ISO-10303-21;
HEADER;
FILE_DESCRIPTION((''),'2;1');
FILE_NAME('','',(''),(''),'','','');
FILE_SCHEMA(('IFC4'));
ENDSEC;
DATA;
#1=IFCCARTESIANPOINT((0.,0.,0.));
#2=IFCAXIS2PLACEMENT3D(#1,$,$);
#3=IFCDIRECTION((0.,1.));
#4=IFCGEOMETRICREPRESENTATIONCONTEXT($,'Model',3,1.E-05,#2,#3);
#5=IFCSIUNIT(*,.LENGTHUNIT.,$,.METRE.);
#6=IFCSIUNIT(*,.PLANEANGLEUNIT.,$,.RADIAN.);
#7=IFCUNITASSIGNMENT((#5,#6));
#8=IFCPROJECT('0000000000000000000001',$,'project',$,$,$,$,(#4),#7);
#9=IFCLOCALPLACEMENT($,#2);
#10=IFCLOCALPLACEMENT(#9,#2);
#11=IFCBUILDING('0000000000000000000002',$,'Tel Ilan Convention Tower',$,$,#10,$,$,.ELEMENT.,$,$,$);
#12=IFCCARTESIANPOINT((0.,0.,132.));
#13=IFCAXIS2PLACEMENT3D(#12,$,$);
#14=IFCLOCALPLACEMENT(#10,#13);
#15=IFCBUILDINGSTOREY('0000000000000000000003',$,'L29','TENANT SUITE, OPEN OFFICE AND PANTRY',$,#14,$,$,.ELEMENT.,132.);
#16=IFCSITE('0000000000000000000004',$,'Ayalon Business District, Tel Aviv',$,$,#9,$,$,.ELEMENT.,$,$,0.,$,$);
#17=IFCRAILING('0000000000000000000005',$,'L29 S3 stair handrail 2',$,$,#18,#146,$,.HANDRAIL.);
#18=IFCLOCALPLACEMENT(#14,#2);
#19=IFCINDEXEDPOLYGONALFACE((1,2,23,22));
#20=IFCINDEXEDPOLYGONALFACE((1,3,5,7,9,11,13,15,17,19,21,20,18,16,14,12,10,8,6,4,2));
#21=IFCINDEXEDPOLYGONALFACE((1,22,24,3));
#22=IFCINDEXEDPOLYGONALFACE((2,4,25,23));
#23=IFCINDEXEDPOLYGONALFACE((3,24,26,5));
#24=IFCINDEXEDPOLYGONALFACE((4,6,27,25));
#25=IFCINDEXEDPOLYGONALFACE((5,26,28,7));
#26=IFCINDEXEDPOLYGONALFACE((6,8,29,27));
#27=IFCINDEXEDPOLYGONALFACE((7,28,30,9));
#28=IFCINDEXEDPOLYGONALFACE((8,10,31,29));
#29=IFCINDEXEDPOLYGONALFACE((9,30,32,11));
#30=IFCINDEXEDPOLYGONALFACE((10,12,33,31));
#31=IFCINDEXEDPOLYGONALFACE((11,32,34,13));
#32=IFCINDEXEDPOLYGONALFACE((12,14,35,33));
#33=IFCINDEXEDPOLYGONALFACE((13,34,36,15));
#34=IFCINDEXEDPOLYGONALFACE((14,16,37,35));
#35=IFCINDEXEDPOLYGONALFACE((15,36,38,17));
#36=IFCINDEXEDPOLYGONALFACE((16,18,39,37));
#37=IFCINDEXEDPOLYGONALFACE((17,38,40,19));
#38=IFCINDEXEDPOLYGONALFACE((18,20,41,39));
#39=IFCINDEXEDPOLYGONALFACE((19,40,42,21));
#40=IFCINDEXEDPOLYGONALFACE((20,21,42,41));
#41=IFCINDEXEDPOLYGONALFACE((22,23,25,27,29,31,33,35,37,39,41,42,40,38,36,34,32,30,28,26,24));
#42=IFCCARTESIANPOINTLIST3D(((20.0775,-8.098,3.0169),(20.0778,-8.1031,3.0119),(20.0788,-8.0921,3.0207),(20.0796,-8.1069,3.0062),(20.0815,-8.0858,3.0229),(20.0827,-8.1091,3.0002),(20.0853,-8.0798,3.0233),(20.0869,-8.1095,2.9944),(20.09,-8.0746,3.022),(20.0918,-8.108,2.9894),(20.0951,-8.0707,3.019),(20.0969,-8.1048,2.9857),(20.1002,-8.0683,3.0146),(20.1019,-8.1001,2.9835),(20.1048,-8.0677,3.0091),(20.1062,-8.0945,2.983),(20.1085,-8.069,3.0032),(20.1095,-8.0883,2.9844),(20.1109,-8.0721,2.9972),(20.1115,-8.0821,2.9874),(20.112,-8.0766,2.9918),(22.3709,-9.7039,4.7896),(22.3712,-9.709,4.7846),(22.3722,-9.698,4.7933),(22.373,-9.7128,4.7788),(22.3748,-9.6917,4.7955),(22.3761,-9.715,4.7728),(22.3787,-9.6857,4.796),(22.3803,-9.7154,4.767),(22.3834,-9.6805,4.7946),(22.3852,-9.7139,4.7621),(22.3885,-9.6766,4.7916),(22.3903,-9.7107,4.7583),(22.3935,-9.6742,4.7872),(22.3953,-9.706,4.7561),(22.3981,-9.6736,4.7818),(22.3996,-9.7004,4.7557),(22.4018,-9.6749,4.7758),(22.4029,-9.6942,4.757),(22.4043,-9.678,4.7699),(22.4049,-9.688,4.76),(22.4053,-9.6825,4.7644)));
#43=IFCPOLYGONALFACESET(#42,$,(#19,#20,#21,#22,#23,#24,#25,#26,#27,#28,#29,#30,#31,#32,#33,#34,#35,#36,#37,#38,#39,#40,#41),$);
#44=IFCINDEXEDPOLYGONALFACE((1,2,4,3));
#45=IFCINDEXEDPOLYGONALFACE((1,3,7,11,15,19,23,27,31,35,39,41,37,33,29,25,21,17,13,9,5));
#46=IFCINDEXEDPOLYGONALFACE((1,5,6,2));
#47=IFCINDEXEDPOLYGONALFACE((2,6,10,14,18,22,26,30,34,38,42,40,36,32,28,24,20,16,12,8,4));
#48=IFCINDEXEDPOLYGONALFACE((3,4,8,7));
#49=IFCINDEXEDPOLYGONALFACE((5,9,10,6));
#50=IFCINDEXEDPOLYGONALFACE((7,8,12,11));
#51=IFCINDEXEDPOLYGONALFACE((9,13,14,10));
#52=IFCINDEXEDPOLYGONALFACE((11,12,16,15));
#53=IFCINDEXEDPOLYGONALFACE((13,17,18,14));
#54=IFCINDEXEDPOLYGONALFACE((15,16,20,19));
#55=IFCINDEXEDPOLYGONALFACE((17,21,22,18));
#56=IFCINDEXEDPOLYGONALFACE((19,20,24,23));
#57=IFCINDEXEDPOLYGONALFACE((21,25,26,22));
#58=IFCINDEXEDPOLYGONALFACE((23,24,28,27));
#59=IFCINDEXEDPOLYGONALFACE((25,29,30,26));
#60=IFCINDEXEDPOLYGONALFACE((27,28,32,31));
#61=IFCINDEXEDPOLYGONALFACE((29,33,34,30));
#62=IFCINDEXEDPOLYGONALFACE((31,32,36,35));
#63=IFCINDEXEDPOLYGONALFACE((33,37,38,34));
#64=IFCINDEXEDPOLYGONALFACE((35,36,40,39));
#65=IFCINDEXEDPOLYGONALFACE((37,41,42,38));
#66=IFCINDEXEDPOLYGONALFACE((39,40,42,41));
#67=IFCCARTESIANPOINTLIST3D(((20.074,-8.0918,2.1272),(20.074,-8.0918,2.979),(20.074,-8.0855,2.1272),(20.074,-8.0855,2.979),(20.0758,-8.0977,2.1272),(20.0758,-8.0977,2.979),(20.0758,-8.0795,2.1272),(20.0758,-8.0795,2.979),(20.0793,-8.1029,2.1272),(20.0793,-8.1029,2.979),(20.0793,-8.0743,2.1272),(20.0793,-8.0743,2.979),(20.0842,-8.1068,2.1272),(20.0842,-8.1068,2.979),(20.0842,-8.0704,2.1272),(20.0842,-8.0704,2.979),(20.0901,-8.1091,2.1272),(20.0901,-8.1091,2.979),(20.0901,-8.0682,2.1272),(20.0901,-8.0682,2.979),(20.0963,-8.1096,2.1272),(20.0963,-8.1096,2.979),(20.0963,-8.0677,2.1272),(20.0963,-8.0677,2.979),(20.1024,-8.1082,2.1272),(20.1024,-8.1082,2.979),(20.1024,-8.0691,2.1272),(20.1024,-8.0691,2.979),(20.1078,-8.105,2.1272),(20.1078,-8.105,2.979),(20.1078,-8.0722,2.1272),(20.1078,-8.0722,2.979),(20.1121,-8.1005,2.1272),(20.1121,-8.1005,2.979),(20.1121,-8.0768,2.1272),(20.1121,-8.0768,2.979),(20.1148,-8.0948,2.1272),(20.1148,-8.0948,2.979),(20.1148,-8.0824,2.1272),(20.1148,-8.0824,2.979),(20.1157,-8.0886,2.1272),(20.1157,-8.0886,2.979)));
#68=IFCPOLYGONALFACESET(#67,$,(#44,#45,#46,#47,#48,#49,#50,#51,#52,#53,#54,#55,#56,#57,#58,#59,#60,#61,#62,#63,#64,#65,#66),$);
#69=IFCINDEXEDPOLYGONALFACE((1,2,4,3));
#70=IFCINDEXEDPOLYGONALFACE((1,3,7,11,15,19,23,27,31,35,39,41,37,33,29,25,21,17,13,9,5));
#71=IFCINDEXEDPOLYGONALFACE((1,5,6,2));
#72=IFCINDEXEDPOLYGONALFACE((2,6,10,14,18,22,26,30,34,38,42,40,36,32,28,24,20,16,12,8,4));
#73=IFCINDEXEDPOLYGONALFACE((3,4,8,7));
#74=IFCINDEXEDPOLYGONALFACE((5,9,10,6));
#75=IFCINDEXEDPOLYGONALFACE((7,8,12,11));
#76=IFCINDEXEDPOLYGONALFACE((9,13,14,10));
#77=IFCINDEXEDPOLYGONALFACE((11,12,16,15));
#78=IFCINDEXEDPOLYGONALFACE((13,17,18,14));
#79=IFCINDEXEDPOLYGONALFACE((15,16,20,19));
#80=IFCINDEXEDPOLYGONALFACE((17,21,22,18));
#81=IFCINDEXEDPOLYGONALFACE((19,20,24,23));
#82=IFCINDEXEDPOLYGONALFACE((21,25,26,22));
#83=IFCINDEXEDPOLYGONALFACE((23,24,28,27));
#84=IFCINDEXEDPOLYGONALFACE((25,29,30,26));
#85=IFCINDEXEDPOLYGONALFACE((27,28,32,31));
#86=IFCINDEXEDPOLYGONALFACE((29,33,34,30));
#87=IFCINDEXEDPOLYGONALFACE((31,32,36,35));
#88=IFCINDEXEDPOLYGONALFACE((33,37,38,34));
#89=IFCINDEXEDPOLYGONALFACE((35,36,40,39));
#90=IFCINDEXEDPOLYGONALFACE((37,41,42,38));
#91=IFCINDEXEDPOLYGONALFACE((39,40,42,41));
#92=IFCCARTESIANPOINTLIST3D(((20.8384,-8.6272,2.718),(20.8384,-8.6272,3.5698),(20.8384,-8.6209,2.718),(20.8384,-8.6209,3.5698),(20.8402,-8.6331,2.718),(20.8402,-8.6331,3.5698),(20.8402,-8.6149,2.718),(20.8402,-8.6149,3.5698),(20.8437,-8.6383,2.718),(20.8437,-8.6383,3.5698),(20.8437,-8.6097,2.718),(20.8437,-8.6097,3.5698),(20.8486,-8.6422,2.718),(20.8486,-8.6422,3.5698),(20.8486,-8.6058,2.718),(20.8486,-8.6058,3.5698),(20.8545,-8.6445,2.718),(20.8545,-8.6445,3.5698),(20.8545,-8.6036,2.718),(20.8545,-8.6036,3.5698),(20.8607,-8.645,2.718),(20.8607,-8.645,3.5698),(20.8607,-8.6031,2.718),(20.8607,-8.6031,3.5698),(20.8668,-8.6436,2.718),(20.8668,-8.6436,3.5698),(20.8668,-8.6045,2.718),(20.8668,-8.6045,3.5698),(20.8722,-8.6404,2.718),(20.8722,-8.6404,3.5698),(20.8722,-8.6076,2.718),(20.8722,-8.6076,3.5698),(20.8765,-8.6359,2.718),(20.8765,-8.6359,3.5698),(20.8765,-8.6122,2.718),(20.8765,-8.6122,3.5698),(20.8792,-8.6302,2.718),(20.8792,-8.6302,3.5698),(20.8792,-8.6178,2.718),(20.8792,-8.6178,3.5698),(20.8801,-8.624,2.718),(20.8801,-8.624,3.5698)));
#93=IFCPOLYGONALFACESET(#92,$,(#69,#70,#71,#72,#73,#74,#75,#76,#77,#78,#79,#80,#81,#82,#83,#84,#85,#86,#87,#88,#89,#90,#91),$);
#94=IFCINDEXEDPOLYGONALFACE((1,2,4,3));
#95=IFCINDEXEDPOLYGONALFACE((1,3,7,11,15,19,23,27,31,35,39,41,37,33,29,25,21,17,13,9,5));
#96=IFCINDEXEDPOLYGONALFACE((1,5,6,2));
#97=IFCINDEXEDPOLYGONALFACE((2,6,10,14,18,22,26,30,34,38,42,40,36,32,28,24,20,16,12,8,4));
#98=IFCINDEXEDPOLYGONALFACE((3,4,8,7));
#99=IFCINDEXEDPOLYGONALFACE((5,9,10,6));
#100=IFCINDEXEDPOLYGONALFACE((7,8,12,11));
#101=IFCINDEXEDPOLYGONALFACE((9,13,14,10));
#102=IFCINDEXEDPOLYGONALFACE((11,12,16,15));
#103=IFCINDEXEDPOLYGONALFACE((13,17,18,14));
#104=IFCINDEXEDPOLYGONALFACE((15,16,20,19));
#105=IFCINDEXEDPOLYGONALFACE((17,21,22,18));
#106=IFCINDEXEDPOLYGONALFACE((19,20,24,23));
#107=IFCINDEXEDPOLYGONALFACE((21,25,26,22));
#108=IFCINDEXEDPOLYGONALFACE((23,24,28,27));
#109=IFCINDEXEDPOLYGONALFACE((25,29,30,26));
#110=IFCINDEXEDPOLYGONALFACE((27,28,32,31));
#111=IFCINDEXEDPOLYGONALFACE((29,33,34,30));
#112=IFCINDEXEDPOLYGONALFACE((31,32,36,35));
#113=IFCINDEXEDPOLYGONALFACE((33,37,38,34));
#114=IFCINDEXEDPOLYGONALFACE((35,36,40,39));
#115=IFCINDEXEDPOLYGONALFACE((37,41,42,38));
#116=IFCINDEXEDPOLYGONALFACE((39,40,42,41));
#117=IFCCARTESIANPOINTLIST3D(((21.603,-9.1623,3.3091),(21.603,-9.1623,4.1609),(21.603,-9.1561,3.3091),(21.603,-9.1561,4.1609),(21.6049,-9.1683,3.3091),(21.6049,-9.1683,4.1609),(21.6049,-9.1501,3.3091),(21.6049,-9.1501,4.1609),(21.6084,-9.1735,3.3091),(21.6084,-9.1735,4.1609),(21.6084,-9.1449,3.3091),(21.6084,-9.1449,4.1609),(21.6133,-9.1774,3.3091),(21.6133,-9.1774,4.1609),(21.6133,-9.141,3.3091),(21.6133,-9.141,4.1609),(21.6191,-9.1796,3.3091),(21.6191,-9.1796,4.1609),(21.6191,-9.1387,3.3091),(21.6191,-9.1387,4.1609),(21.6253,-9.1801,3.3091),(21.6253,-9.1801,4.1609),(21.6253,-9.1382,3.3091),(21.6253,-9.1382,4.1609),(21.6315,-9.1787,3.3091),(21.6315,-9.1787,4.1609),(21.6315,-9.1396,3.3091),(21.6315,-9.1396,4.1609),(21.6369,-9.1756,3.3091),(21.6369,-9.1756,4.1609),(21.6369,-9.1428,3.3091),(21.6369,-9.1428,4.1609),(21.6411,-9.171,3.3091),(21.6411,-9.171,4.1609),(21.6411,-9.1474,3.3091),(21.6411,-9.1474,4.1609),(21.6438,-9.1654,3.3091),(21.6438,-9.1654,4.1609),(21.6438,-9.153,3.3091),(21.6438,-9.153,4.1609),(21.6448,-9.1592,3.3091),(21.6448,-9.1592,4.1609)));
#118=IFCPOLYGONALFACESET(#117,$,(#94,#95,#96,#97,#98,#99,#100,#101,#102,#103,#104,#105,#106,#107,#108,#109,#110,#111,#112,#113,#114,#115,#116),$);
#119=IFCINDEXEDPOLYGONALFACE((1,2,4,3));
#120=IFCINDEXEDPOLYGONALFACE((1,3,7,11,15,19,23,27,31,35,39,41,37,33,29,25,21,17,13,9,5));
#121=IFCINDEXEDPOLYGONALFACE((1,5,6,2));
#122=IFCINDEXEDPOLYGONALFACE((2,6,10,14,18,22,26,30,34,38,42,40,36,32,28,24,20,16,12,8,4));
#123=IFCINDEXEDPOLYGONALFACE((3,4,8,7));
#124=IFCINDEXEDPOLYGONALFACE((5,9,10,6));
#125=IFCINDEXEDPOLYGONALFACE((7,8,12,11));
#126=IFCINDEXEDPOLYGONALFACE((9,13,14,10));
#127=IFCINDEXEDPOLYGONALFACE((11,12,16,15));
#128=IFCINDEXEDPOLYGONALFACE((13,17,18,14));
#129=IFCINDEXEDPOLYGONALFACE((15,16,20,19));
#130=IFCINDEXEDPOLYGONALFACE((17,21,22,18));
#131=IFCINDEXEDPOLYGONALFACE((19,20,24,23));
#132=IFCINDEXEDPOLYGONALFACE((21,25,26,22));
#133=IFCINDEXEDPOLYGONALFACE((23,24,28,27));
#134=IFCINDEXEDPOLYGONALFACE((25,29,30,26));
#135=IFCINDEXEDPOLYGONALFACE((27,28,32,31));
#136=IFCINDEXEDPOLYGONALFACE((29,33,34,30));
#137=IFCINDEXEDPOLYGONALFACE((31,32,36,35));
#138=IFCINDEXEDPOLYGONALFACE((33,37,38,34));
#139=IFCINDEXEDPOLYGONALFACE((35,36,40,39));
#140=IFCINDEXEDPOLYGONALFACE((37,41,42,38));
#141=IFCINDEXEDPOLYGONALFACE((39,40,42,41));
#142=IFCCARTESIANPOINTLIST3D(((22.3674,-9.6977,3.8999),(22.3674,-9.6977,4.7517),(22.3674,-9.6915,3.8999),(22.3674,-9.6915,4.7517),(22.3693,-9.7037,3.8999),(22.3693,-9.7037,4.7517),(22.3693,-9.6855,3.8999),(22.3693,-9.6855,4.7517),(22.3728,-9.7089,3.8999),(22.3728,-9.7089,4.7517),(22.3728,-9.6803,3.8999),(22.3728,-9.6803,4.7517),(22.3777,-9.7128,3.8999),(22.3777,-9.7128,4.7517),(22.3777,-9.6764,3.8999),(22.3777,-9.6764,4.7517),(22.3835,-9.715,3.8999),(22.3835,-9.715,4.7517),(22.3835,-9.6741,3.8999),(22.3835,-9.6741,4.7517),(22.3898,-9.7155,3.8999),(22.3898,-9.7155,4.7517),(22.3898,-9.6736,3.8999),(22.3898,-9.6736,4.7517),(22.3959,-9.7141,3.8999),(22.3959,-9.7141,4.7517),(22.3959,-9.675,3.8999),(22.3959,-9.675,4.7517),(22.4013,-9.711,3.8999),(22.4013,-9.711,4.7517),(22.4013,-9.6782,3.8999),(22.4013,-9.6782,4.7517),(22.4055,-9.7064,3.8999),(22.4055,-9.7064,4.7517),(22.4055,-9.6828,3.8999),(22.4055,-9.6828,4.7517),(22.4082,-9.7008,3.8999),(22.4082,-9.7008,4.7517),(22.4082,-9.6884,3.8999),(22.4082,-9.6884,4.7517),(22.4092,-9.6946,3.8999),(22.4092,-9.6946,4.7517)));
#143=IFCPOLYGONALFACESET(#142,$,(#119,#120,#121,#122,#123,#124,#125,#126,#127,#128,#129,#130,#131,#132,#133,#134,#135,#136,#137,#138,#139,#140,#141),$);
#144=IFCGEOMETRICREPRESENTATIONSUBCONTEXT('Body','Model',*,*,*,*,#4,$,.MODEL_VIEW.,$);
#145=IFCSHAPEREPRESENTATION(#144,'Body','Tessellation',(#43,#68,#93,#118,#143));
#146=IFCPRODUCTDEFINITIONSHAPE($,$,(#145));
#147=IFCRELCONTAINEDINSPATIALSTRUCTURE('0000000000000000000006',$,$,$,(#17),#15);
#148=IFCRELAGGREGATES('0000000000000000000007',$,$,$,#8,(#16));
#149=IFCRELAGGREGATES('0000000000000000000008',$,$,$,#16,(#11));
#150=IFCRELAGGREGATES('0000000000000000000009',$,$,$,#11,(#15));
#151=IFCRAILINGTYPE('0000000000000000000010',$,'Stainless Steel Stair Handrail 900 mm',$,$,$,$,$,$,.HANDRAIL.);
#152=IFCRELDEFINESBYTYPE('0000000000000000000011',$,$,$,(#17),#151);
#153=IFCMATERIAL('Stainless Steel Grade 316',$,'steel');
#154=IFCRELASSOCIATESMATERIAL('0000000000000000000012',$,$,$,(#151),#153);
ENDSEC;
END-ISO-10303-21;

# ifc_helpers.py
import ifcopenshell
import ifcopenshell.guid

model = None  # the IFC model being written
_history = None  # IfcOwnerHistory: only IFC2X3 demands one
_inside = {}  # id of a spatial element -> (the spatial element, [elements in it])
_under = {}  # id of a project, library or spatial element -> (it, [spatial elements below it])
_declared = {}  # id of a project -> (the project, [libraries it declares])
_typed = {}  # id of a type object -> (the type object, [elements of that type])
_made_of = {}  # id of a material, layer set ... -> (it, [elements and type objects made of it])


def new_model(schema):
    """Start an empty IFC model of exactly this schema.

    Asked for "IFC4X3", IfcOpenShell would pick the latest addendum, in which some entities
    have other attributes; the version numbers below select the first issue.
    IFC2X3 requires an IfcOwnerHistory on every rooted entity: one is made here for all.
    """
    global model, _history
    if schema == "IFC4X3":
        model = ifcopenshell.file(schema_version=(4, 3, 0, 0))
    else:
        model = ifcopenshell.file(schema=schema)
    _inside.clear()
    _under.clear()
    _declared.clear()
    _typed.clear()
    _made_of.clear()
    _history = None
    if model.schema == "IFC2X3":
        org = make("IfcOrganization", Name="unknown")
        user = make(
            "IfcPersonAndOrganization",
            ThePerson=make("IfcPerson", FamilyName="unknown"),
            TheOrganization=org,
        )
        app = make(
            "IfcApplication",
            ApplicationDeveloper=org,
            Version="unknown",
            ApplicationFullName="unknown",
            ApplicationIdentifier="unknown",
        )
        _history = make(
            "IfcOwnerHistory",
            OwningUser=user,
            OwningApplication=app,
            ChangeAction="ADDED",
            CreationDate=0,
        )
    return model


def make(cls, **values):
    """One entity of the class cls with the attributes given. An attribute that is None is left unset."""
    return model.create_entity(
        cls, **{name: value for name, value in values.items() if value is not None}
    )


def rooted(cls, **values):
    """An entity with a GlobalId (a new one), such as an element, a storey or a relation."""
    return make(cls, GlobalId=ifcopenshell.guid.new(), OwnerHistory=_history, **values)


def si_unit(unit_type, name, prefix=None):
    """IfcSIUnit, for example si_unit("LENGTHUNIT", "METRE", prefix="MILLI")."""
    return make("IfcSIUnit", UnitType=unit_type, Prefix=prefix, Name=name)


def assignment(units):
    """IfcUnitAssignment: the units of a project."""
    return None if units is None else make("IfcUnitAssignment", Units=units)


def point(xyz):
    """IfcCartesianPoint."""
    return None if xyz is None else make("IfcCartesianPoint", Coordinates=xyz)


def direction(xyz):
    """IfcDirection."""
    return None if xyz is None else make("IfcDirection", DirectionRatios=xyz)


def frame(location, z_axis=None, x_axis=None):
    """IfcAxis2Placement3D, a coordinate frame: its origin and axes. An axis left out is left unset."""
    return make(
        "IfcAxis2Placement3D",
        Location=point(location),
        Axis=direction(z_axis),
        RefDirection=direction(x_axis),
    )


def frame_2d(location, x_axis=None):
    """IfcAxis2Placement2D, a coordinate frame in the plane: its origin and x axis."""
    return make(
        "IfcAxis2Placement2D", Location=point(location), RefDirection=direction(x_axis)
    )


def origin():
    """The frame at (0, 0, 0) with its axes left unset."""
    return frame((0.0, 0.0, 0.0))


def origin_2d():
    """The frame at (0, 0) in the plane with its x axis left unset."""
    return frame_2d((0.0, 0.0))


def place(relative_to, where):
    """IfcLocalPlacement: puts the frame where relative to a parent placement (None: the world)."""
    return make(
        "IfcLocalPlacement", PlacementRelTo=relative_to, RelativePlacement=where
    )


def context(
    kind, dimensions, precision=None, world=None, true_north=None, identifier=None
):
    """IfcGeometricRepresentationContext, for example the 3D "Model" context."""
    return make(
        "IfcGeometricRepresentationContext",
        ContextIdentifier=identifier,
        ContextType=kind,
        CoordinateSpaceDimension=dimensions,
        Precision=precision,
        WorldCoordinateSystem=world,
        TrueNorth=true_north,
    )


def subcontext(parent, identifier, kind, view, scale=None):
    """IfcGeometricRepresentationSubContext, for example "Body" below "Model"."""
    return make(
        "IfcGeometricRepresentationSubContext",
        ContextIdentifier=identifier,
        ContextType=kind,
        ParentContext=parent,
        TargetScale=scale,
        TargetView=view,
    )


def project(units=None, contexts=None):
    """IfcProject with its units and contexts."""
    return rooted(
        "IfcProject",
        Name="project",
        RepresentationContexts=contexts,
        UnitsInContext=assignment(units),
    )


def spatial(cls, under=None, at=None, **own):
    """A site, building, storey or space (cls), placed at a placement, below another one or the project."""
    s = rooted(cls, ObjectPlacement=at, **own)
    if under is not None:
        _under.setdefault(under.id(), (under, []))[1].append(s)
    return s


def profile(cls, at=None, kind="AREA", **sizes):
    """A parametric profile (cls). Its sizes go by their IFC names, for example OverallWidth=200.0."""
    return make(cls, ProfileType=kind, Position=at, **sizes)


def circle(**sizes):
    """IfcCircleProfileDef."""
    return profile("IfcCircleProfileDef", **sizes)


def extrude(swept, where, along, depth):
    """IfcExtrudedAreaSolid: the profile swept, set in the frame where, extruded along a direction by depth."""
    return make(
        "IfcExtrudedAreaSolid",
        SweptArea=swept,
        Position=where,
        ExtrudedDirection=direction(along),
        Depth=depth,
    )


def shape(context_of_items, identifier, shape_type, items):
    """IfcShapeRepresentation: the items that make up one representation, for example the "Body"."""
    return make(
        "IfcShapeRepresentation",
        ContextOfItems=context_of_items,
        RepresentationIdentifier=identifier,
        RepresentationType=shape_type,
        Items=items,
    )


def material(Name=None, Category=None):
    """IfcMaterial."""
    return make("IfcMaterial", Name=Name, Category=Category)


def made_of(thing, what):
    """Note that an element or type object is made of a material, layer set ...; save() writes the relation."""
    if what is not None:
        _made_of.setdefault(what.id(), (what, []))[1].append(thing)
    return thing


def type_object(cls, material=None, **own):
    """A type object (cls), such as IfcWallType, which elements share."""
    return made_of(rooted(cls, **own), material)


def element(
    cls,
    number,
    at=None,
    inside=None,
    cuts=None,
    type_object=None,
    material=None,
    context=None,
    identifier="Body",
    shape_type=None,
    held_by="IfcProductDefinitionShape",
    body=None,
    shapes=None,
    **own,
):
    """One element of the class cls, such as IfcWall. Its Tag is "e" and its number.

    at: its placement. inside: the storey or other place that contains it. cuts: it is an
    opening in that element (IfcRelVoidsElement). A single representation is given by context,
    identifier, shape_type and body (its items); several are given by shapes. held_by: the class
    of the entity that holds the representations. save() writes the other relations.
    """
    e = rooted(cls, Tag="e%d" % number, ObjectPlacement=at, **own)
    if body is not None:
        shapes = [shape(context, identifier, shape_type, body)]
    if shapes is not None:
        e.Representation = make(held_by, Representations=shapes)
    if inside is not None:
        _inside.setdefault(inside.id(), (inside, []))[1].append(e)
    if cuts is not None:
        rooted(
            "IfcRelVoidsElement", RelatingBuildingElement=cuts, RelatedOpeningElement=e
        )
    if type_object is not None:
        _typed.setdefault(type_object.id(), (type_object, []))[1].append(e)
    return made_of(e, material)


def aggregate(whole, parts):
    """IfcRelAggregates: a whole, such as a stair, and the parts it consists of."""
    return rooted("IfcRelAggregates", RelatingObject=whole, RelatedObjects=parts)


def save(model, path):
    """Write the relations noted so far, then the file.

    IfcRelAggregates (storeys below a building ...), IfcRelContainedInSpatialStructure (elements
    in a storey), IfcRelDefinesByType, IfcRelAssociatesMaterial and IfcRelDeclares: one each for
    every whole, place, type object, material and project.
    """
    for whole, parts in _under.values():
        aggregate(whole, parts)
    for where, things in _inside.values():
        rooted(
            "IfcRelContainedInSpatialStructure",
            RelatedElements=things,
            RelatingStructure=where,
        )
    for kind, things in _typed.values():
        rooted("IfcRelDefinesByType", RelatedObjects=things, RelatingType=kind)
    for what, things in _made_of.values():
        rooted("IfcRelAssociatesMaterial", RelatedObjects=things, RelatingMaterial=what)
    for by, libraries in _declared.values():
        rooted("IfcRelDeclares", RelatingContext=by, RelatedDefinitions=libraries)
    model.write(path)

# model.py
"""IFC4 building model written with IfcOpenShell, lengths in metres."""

from ifc_helpers import new_model, si_unit, direction, frame, origin, origin_2d, place, context, subcontext, project, spatial, circle, extrude, material, type_object, element, save


model = new_model("IFC4")

# Units and contexts
model_context = context("Model", 3, precision=1e-05, world=origin(), true_north=direction((0.0, 1.0)))
body_context = subcontext(model_context, "Body", "Model", "MODEL_VIEW")
ifc_project = project(units=[si_unit("LENGTHUNIT", "METRE"), si_unit("PLANEANGLEUNIT", "RADIAN")], contexts=[model_context])

# Site, building, storey
site_placement = place(None, origin())
site = spatial("IfcSite", under=ifc_project, at=site_placement, Name="Ayalon Business District, Tel Aviv", CompositionType="ELEMENT", RefElevation=0.0)
building_placement = place(site_placement, origin())
building = spatial("IfcBuilding", under=site, at=building_placement, Name="Tel Ilan Convention Tower", CompositionType="ELEMENT")
storey_placement = place(building_placement, frame((0.0, 0.0, 132.0)))
storey = spatial("IfcBuildingStorey", under=building, at=storey_placement, Name="L29", Description="TENANT SUITE, OPEN OFFICE AND PANTRY", CompositionType="ELEMENT", Elevation=132.0)

# Railing
ifc_material_1 = material(Name="Stainless Steel Grade 316", Category="steel")
railing_type_1 = type_object("IfcRailingType", Name="Stainless Steel Stair Handrail 900 mm", PredefinedType="HANDRAIL", material=ifc_material_1)
railing_1_placement = place(storey_placement, frame((20.0947, -8.0886, 2.1272)))
element("IfcRailing", 1, at=railing_1_placement, inside=storey, type_object=railing_type_1, Name="L29 S3 stair handrail 2", PredefinedType="HANDRAIL", context=body_context, shape_type="SweptSolid", body=[
    extrude(circle(Radius=0.0239, at=origin_2d()), frame((0.0, 0.0, 0.876), z_axis=(0.692085, -0.484621, 0.53494), x_axis=(0.573591, 0.819142, 0.0)), (0.0, 0.0, 1.0), 3.3137),
    extrude(circle(Radius=0.021, at=origin_2d()), origin(), (0.0, 0.0, 1.0), 0.8518),
    extrude(circle(Radius=0.021, at=origin_2d()), frame((0.7644, -0.5354, 0.5908)), (0.0, 0.0, 1.0), 0.8518),
    extrude(circle(Radius=0.021, at=origin_2d()), frame((1.5291, -1.0706, 1.1819)), (0.0, 0.0, 1.0), 0.8518),
    extrude(circle(Radius=0.021, at=origin_2d()), frame((2.2935, -1.606, 1.7727)), (0.0, 0.0, 1.0), 0.8518),
])

save(model, "model.ifc")
